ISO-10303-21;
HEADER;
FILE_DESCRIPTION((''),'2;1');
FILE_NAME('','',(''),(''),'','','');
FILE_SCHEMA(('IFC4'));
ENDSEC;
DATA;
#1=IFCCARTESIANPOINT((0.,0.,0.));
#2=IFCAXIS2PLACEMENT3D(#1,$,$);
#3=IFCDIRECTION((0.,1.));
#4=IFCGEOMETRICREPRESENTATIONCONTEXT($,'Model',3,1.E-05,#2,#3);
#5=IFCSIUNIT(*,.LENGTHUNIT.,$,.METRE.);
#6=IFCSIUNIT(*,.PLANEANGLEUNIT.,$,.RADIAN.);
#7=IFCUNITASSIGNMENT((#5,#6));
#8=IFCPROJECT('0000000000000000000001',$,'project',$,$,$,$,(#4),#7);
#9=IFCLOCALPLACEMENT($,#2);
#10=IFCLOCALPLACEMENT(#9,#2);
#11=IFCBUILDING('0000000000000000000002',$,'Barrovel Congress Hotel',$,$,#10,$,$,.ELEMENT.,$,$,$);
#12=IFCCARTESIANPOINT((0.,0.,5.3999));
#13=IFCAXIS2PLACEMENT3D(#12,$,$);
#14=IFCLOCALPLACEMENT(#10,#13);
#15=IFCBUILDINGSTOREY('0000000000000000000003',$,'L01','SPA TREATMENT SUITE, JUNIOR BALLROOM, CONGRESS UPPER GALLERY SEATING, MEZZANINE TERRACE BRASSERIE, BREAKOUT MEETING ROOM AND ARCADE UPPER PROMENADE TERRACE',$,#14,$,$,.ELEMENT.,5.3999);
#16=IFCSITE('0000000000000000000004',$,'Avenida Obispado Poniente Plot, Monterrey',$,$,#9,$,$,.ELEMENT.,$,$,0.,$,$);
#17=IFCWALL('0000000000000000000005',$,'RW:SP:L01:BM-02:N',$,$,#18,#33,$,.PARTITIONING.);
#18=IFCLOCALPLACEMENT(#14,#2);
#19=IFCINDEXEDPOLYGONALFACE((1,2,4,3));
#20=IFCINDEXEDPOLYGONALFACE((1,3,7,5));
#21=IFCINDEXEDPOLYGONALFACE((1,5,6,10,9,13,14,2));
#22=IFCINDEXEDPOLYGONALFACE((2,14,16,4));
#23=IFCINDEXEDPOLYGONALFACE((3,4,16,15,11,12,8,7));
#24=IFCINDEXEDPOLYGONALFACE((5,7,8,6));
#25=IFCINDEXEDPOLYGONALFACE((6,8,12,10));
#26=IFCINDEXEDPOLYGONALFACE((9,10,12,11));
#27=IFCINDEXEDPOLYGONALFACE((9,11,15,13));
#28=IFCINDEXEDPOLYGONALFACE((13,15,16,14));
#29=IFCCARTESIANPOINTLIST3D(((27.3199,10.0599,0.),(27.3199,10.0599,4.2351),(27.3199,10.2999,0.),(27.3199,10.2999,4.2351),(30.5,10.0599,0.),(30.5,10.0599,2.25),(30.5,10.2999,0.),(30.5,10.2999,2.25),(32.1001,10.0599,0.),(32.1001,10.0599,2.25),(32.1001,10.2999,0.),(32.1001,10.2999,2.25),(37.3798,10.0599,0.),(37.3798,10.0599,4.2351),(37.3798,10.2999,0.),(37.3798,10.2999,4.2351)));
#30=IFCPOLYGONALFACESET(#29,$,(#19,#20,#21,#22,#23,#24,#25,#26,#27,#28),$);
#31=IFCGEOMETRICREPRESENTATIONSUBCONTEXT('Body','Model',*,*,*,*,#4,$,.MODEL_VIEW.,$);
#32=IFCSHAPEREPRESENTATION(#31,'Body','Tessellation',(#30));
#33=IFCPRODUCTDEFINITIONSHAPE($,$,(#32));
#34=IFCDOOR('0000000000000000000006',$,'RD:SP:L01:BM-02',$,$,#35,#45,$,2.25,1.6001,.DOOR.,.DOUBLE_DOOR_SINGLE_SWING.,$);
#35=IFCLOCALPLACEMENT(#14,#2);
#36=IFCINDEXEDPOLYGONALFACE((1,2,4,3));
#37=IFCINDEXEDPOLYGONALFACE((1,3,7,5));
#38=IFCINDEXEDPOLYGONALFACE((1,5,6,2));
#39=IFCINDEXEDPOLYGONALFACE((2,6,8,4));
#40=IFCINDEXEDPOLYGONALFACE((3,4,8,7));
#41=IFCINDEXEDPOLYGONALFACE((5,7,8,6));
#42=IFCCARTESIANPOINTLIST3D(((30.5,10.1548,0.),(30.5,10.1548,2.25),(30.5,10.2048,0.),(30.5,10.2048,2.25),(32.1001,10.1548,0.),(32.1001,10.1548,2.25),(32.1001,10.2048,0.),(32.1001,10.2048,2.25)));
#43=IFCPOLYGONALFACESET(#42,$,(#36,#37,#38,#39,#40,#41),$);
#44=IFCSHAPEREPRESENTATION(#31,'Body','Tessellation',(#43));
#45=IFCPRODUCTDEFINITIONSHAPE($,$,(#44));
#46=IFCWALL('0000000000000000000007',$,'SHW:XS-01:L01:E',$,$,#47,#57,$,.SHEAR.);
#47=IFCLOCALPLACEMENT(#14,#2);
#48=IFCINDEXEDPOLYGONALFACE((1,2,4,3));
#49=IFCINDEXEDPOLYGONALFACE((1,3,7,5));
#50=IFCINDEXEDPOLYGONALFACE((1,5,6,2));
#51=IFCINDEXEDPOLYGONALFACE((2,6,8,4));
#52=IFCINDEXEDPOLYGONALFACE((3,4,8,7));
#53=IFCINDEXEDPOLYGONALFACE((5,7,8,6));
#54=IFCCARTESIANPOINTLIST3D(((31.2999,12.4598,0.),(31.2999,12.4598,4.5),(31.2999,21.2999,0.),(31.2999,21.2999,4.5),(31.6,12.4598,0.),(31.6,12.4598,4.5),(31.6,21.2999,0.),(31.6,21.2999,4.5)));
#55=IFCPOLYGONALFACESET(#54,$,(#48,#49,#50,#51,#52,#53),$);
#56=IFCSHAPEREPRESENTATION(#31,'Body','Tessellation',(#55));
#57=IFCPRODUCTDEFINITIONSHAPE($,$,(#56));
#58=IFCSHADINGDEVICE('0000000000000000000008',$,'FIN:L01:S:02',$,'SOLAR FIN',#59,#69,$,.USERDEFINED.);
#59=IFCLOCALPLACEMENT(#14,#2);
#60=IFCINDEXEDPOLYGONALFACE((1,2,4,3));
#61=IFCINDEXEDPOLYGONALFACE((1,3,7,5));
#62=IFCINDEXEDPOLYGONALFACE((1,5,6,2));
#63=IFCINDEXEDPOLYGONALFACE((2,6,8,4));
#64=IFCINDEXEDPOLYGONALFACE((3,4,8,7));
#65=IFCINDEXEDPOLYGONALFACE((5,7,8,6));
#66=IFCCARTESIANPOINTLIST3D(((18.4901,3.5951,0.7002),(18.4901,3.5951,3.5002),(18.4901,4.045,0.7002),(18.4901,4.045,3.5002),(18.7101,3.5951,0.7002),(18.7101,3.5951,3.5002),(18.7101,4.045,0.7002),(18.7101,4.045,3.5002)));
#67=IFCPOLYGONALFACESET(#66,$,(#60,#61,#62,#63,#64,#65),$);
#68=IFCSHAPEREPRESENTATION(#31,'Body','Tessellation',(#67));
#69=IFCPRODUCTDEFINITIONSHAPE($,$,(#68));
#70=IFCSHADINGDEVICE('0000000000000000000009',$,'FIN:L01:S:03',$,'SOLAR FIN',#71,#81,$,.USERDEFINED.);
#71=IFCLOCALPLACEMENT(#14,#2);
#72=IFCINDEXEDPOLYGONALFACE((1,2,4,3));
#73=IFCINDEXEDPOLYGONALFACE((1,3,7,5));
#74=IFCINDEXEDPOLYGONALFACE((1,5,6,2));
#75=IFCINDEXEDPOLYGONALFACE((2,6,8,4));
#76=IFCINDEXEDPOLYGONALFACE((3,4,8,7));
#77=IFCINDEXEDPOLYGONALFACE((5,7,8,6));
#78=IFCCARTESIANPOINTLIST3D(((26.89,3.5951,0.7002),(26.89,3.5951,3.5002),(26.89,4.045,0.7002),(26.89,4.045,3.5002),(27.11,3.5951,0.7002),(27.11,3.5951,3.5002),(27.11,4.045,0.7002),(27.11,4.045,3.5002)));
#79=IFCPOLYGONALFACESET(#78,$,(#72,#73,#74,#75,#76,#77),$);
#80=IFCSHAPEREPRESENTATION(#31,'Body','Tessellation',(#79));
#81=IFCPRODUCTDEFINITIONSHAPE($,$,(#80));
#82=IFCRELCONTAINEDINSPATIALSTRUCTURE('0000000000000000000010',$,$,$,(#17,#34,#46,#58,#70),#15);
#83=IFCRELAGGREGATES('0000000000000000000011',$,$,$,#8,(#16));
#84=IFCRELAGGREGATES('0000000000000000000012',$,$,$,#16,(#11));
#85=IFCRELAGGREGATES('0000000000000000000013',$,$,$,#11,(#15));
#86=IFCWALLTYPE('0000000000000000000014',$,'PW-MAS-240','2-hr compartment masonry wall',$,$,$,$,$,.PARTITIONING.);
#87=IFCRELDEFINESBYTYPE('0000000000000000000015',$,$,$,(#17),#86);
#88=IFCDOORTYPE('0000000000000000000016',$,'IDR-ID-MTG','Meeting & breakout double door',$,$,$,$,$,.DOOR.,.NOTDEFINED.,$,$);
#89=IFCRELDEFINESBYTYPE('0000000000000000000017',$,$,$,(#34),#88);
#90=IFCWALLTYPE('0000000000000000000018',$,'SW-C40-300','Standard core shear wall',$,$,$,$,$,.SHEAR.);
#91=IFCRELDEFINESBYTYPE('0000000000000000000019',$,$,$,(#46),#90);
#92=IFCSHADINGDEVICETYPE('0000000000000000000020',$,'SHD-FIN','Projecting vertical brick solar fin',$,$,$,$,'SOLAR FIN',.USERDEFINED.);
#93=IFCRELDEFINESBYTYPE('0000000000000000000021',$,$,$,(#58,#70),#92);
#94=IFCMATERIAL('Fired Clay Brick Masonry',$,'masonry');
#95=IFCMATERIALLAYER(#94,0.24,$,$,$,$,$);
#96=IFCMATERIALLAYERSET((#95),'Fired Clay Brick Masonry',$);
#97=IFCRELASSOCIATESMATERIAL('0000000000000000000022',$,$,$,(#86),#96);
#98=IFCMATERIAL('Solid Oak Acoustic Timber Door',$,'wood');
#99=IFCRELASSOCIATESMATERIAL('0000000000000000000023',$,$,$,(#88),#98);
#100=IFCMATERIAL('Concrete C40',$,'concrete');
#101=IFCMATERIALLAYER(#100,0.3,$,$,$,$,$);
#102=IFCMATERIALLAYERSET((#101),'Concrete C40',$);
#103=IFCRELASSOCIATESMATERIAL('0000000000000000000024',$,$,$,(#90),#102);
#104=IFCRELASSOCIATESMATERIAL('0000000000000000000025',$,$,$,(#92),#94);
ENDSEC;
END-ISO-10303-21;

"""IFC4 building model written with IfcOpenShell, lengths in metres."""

from ifc_helpers import new_model, si_unit, direction, frame, frame_2d, origin, origin_2d, place, context, subcontext, project, spatial, rectangle, extrude, material, layer, layer_set, type_object, element, fill, save


model = new_model("IFC4")

# Units and contexts
model_context = context("Model", 3, precision=1e-05, world=origin(), true_north=direction((0.0, 1.0)))
body_context = subcontext(model_context, "Body", "Model", "MODEL_VIEW")
ifc_project = project(units=[si_unit("LENGTHUNIT", "METRE"), si_unit("PLANEANGLEUNIT", "RADIAN")], contexts=[model_context])

# Site, building, storey
site_placement = place(None, origin())
site = spatial("IfcSite", under=ifc_project, at=site_placement, Name="Avenida Obispado Poniente Plot, Monterrey", CompositionType="ELEMENT", RefElevation=0.0)
building_placement = place(site_placement, origin())
building = spatial("IfcBuilding", under=site, at=building_placement, Name="Barrovel Congress Hotel", CompositionType="ELEMENT")
storey_placement = place(building_placement, frame((0.0, 0.0, 5.3999)))
storey = spatial("IfcBuildingStorey", under=building, at=storey_placement, Name="L01", Description="SPA TREATMENT SUITE, JUNIOR BALLROOM, CONGRESS UPPER GALLERY SEATING, MEZZANINE TERRACE BRASSERIE, BREAKOUT MEETING ROOM AND ARCADE UPPER PROMENADE TERRACE", CompositionType="ELEMENT", Elevation=5.3999)

# Shared definitions
ifc_material_1 = material(Name="Concrete C40", Category="concrete")

# Shared definitions
ifc_material_2 = material(Name="Fired Clay Brick Masonry", Category="masonry")

# Wall, opening, door
ifc_layer_1 = layer(ifc_material_2, 0.24)
ifc_layer_set_1 = layer_set([ifc_layer_1], Name="Fired Clay Brick Masonry")
wall_type_1 = type_object("IfcWallType", Name="PW-MAS-240", Description="2-hr compartment masonry wall", PredefinedType="PARTITIONING", material=ifc_layer_set_1)
wall_1_placement = place(storey_placement, frame((27.3201, 10.1799, 0.0), z_axis=(0.0, 0.0, 1.0), x_axis=(1.0, 0.0, 0.0)))
wall_1 = element("IfcWall", 1, at=wall_1_placement, inside=storey, type_object=wall_type_1, Name="RW:SP:L01:BM-02:N", PredefinedType="PARTITIONING", context=body_context, shape_type="SweptSolid", body=[
    extrude(rectangle(XDim=10.0598, YDim=0.24, at=frame_2d((5.0298, 0.0))), origin(), (0.0, 0.0, 1.0), 4.2351),
])
opening_1_placement = place(wall_1_placement, frame((3.1799, 0.0, 0.0)))
opening_1 = element("IfcOpeningElement", 2, at=opening_1_placement, cuts=wall_1, PredefinedType="OPENING", context=body_context, shape_type="SweptSolid", body=[
    extrude(rectangle(XDim=1.6001, YDim=2.25, at=frame_2d((0.8, 1.125))), frame((0.0, 0.1299, 0.0), z_axis=(0.0, -1.0, 0.0), x_axis=(1.0, 0.0, 0.0)), (0.0, 0.0, 1.0), 0.26),
])
ifc_material_3 = material(Name="Solid Oak Acoustic Timber Door", Category="wood")
door_type_1 = type_object("IfcDoorType", Name="IDR-ID-MTG", Description="Meeting & breakout double door", OperationType="NOTDEFINED", PredefinedType="DOOR", material=ifc_material_3)
door_1_placement = place(opening_1_placement, origin())
door_1 = element("IfcDoor", 3, at=door_1_placement, inside=storey, type_object=door_type_1, Name="RD:SP:L01:BM-02", OperationType="DOUBLE_DOOR_SINGLE_SWING", OverallHeight=2.25, OverallWidth=1.6001, PredefinedType="DOOR", context=body_context, shape_type="SweptSolid", body=[
    extrude(rectangle(XDim=1.6001, YDim=2.25, at=frame_2d((0.8, 1.125))), frame((0.0, 0.0249, 0.0), z_axis=(0.0, -1.0, 0.0), x_axis=(1.0, 0.0, 0.0)), (0.0, 0.0, 1.0), 0.05),
])
fill(opening_1, door_1)
ifc_layer_2 = layer(ifc_material_1, 0.3)
ifc_layer_set_2 = layer_set([ifc_layer_2], Name="Concrete C40")
wall_type_2 = type_object("IfcWallType", Name="SW-C40-300", Description="Standard core shear wall", PredefinedType="SHEAR", material=ifc_layer_set_2)

# Wall
wall_2_placement = place(storey_placement, frame((31.45, 12.46, 0.0), z_axis=(0.0, 0.0, 1.0), x_axis=(0.0, 1.0, 0.0)))
element("IfcWall", 4, at=wall_2_placement, inside=storey, type_object=wall_type_2, Name="SHW:XS-01:L01:E", PredefinedType="SHEAR", context=body_context, shape_type="SweptSolid", body=[
    extrude(rectangle(XDim=8.8401, YDim=0.3, at=frame_2d((4.4199, 0.0))), origin(), (0.0, 0.0, 1.0), 4.5),
])

# Shading devices
shading_device_type = type_object("IfcShadingDeviceType", Name="SHD-FIN", Description="Projecting vertical brick solar fin", ElementType="SOLAR FIN", PredefinedType="USERDEFINED", material=ifc_material_2)
for number, where, z_axis, x_axis, name in (
    (5, (18.6001, 3.8201, 0.7002), (0.0, 0.0, 1.0), (1.0, 0.0, 0.0), "FIN:L01:S:02"),
    (6, (27.0, 3.8201, 0.7002), (0.0, 0.0, 1.0), (1.0, 0.0, 0.0), "FIN:L01:S:03"),
):
    element("IfcShadingDevice", number, at=place(storey_placement, frame(where, z_axis=z_axis, x_axis=x_axis)), inside=storey, type_object=shading_device_type, Name=name, ObjectType="SOLAR FIN", PredefinedType="USERDEFINED", context=body_context, shape_type="SweptSolid", body=[
        extrude(rectangle(XDim=0.22, YDim=0.45, at=origin_2d()), origin(), (0.0, 0.0, 1.0), 2.8),
    ])

save(model, "model.ifc")
